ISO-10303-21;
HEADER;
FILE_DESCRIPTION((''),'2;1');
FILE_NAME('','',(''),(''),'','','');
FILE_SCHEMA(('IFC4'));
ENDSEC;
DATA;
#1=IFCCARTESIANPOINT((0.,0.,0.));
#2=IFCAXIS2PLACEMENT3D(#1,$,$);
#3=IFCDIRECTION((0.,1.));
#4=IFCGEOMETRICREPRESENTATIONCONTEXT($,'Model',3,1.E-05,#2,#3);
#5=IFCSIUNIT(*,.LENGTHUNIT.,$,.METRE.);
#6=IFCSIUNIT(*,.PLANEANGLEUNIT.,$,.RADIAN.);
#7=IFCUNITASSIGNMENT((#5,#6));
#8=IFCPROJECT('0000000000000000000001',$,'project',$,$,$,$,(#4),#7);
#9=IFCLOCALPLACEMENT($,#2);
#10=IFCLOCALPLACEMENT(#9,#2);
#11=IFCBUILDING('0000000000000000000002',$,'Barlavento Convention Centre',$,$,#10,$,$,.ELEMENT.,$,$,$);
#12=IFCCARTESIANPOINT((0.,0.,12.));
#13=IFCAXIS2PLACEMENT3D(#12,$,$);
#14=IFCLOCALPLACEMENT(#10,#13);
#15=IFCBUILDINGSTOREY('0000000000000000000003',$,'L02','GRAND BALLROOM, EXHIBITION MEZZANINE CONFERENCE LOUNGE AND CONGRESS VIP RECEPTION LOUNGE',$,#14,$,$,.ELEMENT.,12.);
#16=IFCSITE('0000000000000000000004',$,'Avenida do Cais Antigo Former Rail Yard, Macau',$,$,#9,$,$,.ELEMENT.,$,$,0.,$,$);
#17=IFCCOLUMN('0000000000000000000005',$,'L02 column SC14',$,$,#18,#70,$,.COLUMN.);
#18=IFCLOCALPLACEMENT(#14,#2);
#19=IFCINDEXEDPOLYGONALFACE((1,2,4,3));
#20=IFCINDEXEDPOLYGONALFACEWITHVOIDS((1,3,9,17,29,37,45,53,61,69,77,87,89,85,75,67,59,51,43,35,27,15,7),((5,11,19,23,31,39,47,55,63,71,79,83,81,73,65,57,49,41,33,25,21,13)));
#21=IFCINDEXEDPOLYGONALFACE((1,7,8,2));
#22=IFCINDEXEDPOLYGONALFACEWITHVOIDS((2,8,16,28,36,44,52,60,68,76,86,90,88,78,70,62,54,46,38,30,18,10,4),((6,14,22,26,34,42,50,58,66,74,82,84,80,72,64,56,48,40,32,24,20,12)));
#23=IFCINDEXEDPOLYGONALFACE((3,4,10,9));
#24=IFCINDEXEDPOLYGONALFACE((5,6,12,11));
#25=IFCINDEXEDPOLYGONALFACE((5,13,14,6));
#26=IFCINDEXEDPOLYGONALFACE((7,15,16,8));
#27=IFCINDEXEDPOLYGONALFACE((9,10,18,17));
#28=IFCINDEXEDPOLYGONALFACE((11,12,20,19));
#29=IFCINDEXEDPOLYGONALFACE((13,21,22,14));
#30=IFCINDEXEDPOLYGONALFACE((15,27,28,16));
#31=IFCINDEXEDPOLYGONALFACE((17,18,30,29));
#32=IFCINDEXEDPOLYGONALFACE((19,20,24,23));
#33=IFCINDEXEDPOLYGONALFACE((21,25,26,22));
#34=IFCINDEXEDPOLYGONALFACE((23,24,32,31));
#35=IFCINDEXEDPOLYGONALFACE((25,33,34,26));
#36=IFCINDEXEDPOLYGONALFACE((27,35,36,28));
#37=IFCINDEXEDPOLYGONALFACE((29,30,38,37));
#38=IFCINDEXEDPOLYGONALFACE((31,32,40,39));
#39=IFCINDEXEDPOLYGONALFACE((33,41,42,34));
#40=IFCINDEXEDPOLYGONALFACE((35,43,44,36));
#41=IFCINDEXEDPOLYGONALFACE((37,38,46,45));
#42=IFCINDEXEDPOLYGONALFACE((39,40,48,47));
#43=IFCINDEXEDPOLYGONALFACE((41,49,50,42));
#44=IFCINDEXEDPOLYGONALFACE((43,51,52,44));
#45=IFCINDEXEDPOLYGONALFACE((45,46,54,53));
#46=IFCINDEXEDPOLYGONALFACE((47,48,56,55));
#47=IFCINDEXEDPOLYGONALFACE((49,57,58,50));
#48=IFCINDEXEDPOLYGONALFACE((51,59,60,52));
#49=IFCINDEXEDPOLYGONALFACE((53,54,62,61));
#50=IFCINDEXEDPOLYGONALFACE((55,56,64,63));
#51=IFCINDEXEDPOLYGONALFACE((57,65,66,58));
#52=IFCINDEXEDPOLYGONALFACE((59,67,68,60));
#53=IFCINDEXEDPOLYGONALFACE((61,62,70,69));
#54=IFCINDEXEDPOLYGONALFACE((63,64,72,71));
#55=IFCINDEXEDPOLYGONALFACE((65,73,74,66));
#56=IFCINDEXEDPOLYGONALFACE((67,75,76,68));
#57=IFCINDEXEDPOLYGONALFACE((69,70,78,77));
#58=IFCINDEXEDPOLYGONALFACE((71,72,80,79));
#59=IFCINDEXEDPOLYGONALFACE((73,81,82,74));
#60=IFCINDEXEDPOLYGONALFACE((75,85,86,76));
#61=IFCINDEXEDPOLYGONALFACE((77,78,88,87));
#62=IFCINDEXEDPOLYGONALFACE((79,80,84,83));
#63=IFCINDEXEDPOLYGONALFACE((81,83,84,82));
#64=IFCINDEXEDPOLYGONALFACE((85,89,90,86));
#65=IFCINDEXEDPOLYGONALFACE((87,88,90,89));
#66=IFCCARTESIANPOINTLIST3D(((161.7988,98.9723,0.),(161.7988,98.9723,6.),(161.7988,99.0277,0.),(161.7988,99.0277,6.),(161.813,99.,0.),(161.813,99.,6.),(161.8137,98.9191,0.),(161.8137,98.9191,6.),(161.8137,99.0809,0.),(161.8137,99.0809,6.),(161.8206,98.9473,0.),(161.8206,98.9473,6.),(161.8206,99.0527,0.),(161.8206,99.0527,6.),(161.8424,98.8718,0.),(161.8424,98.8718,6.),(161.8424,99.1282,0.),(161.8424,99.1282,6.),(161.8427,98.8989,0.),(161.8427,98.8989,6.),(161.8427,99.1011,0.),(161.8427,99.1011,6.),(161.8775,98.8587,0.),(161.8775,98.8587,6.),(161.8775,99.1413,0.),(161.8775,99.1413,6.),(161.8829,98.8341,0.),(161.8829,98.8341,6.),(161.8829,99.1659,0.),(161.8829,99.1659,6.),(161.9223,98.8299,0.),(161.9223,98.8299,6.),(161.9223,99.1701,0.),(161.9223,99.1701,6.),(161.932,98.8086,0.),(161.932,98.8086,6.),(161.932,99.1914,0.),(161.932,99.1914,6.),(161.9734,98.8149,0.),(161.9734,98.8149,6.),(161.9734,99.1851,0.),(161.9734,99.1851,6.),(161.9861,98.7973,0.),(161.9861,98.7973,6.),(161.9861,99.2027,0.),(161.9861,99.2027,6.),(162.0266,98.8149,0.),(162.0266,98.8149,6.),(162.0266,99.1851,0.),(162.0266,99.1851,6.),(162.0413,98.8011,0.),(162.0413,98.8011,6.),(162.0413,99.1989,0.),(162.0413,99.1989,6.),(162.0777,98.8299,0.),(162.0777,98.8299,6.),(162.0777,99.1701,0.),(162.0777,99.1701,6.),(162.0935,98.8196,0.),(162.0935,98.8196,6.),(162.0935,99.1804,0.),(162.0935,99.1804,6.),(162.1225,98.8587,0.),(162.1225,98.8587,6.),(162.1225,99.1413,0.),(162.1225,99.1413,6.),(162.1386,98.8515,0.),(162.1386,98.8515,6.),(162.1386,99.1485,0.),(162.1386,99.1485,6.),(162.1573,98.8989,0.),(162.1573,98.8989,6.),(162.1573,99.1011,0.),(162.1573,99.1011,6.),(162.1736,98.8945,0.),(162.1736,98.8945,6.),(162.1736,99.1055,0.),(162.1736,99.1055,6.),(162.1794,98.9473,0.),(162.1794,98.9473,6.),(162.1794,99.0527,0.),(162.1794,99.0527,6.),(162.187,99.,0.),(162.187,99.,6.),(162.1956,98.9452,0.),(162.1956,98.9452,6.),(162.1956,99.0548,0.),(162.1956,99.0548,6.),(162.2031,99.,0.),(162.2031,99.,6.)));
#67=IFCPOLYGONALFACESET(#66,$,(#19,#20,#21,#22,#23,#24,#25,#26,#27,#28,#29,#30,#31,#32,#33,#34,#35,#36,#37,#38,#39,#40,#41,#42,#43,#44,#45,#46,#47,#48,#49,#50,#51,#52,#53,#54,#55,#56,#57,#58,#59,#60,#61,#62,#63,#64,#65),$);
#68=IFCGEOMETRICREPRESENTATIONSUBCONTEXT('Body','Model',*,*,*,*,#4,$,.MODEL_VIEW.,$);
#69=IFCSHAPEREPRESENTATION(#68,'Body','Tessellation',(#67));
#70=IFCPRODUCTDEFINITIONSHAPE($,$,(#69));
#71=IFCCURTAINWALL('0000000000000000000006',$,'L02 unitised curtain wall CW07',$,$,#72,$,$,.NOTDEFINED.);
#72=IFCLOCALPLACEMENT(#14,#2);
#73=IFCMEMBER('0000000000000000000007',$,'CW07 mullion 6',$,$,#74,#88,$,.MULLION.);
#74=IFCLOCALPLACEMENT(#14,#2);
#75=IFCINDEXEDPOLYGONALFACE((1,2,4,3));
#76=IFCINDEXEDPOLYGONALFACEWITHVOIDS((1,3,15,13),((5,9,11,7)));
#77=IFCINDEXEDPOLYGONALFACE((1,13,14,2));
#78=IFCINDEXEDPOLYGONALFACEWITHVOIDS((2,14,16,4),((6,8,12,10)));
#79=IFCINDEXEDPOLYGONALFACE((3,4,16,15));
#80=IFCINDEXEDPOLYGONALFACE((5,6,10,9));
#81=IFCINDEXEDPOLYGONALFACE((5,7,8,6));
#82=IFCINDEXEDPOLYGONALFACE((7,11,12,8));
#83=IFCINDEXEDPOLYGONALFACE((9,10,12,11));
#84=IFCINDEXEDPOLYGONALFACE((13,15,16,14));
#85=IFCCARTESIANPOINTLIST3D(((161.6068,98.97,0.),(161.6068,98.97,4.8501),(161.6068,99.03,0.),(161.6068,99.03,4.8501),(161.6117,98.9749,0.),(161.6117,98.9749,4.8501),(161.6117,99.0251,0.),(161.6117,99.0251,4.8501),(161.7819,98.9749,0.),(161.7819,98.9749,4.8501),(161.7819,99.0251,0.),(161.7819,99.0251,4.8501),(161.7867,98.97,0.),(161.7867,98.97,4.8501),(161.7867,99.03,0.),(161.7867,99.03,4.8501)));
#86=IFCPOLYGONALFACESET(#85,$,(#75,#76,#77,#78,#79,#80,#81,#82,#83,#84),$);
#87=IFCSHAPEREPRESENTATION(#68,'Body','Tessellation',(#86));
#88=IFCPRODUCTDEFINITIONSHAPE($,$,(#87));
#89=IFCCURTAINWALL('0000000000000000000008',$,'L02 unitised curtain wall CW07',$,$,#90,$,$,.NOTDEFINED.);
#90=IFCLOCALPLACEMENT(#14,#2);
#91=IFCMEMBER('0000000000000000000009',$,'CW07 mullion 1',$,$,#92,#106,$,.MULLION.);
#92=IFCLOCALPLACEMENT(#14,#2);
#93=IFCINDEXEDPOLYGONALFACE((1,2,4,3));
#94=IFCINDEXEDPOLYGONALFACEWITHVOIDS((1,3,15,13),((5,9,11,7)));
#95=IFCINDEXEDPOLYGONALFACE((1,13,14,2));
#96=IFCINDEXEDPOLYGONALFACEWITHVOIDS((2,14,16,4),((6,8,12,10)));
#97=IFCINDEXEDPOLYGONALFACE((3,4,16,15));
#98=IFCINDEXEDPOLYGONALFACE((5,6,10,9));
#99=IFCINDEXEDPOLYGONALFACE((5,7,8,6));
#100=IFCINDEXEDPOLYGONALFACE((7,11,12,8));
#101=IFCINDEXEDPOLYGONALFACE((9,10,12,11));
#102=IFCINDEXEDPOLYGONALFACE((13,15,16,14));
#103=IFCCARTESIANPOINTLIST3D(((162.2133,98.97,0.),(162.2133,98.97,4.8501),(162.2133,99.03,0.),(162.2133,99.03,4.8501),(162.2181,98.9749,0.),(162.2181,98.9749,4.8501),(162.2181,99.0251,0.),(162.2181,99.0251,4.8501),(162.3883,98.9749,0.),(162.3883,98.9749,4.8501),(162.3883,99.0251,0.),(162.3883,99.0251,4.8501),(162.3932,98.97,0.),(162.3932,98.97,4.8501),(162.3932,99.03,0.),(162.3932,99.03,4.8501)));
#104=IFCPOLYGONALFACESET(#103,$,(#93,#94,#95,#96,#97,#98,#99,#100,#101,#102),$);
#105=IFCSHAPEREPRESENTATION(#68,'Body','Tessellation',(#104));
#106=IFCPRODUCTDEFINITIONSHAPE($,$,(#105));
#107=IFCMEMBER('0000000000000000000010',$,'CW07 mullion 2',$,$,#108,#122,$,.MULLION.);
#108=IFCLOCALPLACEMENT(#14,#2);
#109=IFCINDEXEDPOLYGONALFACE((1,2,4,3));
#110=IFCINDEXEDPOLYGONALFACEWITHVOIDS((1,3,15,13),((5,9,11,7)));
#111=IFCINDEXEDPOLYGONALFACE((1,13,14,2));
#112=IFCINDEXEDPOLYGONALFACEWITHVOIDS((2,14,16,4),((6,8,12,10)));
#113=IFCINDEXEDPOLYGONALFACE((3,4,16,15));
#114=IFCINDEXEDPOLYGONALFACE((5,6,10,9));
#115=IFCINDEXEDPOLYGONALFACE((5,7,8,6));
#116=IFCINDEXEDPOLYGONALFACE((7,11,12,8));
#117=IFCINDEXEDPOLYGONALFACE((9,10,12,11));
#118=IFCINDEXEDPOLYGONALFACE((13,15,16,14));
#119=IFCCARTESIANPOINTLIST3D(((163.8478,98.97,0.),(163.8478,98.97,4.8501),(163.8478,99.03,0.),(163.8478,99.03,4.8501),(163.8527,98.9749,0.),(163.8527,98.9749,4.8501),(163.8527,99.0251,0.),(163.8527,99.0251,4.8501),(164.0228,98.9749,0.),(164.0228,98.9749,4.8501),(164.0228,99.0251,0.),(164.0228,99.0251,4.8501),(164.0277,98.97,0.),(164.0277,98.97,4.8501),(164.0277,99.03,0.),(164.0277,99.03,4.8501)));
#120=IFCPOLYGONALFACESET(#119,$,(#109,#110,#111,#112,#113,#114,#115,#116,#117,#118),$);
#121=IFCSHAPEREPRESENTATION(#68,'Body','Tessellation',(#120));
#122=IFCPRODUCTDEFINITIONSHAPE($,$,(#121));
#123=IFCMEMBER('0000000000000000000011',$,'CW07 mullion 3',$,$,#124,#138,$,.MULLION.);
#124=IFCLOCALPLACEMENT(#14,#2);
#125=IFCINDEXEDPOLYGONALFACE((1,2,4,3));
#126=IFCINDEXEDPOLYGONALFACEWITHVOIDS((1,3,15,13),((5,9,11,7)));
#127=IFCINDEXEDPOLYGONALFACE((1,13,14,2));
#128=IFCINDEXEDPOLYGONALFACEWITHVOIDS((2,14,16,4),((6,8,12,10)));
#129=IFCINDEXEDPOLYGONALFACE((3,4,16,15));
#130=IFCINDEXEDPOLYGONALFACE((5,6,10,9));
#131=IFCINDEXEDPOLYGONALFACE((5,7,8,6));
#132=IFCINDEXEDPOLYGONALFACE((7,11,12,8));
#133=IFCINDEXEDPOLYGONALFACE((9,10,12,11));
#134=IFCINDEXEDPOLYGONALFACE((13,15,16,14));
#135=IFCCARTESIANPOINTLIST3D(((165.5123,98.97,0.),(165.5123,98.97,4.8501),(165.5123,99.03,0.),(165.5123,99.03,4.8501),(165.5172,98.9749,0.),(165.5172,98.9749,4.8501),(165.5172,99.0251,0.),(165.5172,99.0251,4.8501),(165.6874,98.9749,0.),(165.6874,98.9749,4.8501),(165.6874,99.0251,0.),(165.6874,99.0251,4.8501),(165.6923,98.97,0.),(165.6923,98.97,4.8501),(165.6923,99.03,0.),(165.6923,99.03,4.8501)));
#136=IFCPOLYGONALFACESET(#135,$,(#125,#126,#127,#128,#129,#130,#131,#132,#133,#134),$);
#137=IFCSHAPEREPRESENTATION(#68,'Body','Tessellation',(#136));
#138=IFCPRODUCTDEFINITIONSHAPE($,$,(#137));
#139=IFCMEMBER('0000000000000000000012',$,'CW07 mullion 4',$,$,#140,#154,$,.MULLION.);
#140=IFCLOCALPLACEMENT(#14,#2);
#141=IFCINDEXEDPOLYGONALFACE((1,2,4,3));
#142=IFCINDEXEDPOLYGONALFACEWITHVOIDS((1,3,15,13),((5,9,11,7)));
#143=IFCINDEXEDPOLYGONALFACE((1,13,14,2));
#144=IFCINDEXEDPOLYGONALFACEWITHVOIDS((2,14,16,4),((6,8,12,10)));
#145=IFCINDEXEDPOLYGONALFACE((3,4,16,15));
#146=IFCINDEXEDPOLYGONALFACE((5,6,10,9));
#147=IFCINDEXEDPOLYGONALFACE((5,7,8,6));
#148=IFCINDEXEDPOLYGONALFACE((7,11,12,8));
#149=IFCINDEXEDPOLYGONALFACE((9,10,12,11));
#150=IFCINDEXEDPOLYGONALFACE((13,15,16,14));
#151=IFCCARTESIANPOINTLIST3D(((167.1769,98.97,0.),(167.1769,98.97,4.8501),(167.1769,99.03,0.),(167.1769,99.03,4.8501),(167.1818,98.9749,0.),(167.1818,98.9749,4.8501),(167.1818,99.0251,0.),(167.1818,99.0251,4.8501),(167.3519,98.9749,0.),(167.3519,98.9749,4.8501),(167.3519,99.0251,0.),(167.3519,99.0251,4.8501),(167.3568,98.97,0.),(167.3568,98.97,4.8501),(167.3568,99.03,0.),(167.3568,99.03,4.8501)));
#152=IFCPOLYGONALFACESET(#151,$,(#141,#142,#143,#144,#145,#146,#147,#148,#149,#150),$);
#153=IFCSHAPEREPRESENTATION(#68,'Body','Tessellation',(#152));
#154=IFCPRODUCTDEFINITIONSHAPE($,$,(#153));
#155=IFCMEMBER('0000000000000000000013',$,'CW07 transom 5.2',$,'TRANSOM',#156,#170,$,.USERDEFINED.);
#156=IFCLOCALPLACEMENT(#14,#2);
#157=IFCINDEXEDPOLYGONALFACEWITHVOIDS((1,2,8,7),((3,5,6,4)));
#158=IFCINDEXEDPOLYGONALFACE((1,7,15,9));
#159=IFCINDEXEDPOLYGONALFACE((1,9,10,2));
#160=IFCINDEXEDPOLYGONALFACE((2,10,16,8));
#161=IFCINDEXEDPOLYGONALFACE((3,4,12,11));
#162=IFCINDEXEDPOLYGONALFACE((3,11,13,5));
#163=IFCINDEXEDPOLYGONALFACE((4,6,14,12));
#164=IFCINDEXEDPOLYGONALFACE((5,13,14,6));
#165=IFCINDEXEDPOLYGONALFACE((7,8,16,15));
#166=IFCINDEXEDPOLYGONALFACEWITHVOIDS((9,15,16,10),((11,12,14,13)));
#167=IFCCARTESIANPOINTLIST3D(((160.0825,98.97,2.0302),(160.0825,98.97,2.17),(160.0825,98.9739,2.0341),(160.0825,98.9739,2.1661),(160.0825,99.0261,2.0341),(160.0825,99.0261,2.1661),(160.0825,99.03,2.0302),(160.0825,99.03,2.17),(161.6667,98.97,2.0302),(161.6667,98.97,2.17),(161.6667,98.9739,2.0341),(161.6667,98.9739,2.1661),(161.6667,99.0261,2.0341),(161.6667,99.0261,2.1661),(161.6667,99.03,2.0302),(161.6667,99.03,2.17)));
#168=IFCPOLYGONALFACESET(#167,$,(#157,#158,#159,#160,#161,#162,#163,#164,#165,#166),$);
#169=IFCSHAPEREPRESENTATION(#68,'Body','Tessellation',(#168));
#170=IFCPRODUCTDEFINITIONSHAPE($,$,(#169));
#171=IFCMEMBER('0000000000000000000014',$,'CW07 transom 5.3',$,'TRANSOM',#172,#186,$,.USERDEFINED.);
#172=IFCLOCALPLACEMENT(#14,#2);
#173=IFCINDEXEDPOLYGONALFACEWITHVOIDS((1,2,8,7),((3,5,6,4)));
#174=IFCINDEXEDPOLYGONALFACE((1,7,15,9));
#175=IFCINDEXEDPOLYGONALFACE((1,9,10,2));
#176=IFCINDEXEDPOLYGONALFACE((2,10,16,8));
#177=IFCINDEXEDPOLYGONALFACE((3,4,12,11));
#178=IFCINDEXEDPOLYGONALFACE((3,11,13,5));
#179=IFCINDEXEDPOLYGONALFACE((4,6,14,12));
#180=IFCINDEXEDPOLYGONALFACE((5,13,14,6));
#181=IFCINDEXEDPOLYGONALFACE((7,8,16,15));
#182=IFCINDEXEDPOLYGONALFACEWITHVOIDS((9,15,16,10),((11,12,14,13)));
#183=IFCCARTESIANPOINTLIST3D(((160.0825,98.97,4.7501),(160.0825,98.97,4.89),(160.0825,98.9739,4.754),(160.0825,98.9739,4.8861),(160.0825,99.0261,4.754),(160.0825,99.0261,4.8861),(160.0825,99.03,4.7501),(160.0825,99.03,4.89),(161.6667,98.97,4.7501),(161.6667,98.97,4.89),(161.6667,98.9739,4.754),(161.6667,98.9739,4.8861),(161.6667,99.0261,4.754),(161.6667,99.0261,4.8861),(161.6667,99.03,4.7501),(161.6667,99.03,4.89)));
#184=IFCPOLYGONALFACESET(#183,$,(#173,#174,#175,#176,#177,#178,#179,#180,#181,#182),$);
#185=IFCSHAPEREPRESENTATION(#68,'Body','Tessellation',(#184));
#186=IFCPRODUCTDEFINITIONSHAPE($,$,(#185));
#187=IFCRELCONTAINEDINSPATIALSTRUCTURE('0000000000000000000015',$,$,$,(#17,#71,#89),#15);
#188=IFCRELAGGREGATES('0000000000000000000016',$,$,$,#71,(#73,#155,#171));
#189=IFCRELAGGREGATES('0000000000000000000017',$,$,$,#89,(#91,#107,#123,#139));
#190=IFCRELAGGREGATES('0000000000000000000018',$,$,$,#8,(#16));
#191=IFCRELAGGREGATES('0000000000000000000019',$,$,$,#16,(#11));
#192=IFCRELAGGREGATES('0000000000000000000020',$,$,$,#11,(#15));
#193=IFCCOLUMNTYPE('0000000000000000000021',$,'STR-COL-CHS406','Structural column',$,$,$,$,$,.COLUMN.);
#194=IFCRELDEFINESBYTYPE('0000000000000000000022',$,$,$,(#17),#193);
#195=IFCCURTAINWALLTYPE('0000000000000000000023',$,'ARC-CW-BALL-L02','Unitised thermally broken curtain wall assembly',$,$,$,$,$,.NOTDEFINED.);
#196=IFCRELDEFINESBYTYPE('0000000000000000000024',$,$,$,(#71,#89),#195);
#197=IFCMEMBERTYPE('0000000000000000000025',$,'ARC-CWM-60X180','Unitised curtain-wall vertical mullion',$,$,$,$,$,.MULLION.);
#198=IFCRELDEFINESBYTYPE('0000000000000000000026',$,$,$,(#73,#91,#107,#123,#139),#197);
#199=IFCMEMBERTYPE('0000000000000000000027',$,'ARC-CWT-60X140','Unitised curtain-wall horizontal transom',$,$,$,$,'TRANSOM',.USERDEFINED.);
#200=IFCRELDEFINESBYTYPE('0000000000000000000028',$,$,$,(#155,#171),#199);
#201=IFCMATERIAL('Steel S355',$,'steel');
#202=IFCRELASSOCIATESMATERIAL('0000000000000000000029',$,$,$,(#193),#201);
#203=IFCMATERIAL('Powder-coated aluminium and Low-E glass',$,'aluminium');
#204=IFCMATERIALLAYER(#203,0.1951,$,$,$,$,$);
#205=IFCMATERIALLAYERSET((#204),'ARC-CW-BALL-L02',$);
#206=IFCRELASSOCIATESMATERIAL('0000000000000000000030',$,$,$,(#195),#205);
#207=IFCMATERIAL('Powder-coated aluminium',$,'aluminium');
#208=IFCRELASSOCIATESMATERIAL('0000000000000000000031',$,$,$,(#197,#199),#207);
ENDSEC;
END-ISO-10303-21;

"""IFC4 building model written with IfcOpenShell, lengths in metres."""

from ifc_helpers import new_model, si_unit, direction, frame, origin, origin_2d, place, context, subcontext, project, spatial, hollow_rectangle, hollow_circle, extrude, material, layer, layer_set, material_profile, profile_set, type_object, element, aggregate, save


model = new_model("IFC4")

# Units and contexts
model_context = context("Model", 3, precision=1e-05, world=origin(), true_north=direction((0.0, 1.0)))
body_context = subcontext(model_context, "Body", "Model", "MODEL_VIEW")
ifc_project = project(units=[si_unit("LENGTHUNIT", "METRE"), si_unit("PLANEANGLEUNIT", "RADIAN")], contexts=[model_context])

# Site, building, storey
site_placement = place(None, origin())
site = spatial("IfcSite", under=ifc_project, at=site_placement, Name="Avenida do Cais Antigo Former Rail Yard, Macau", CompositionType="ELEMENT", RefElevation=0.0)
building_placement = place(site_placement, origin())
building = spatial("IfcBuilding", under=site, at=building_placement, Name="Barlavento Convention Centre", CompositionType="ELEMENT")
storey_placement = place(building_placement, frame((0.0, 0.0, 12.0)))
storey = spatial("IfcBuildingStorey", under=building, at=storey_placement, Name="L02", Description="GRAND BALLROOM, EXHIBITION MEZZANINE CONFERENCE LOUNGE AND CONGRESS VIP RECEPTION LOUNGE", CompositionType="ELEMENT", Elevation=12.0)

# Column
ifc_material_1 = material(Name="Steel S355", Category="steel")
ifc_material_profile_1 = material_profile(ifc_material_1, hollow_circle(Radius=0.2031, WallThickness=0.0161, at=origin_2d()), Name="CHS 406.4x16.0")
ifc_profile_set_1 = profile_set([ifc_material_profile_1], Name="Steel S355")
column_type = type_object("IfcColumnType", Name="STR-COL-CHS406", Description="Structural column", PredefinedType="COLUMN", material=ifc_profile_set_1)
column_placement = place(storey_placement, frame((162.0, 99.0, 0.0), z_axis=(0.0, 0.0, 1.0), x_axis=(1.0, 0.0, 0.0)))
element("IfcColumn", 1, at=column_placement, inside=storey, type_object=column_type, Name="L02 column SC14", PredefinedType="COLUMN", context=body_context, shape_type="SweptSolid", body=[
    extrude(hollow_circle(Radius=0.2031, WallThickness=0.0161, at=origin_2d()), origin(), (0.0, 0.0, 1.0), 6.0),
])

# Curtain wall, member
ifc_material_2 = material(Name="Powder-coated aluminium and Low-E glass", Category="aluminium")
ifc_layer_1 = layer(ifc_material_2, 0.1951)
ifc_layer_set_1 = layer_set([ifc_layer_1], Name="ARC-CW-BALL-L02")
curtain_wall_type = type_object("IfcCurtainWallType", Name="ARC-CW-BALL-L02", Description="Unitised thermally broken curtain wall assembly", PredefinedType="NOTDEFINED", material=ifc_layer_set_1)
curtain_wall_1_placement = place(storey_placement, origin())
curtain_wall_1 = element("IfcCurtainWall", 2, at=curtain_wall_1_placement, inside=storey, type_object=curtain_wall_type, Name="L02 unitised curtain wall CW07", PredefinedType="NOTDEFINED")
ifc_material_3 = material(Name="Powder-coated aluminium", Category="aluminium")
ifc_material_profile_2 = material_profile(ifc_material_3, hollow_rectangle(XDim=0.0601, YDim=0.1799, WallThickness=0.0049, at=origin_2d()), Name="AL-MULL 60x180x5")
ifc_profile_set_2 = profile_set([ifc_material_profile_2], Name="Powder-coated aluminium")
member_type_1 = type_object("IfcMemberType", Name="ARC-CWM-60X180", Description="Unitised curtain-wall vertical mullion", PredefinedType="MULLION", material=ifc_profile_set_2)
member_1_placement = place(storey_placement, frame((161.6968, 99.0, 0.0), z_axis=(0.0, 0.0, 1.0), x_axis=(0.0, 1.0, 0.0)))
member_1 = element("IfcMember", 3, at=member_1_placement, type_object=member_type_1, Name="CW07 mullion 6", PredefinedType="MULLION", context=body_context, shape_type="SweptSolid", body=[
    extrude(hollow_rectangle(XDim=0.0601, YDim=0.1799, WallThickness=0.0049, at=origin_2d()), origin(), (0.0, 0.0, 1.0), 4.8501),
])

# Curtain wall, members
curtain_wall_2_placement = place(storey_placement, origin())
curtain_wall_2 = element("IfcCurtainWall", 4, at=curtain_wall_2_placement, inside=storey, type_object=curtain_wall_type, Name="L02 unitised curtain wall CW07", PredefinedType="NOTDEFINED")
member_2_placement = place(storey_placement, frame((162.3032, 99.0, 0.0), z_axis=(0.0, 0.0, 1.0), x_axis=(0.0, 1.0, 0.0)))
member_2 = element("IfcMember", 5, at=member_2_placement, type_object=member_type_1, Name="CW07 mullion 1", PredefinedType="MULLION", context=body_context, shape_type="SweptSolid", body=[
    extrude(hollow_rectangle(XDim=0.0601, YDim=0.1799, WallThickness=0.0049, at=origin_2d()), origin(), (0.0, 0.0, 1.0), 4.8501),
])
member_3_placement = place(storey_placement, frame((163.9377, 99.0, 0.0), z_axis=(0.0, 0.0, 1.0), x_axis=(0.0, 1.0, 0.0)))
member_3 = element("IfcMember", 6, at=member_3_placement, type_object=member_type_1, Name="CW07 mullion 2", PredefinedType="MULLION", context=body_context, shape_type="SweptSolid", body=[
    extrude(hollow_rectangle(XDim=0.0601, YDim=0.1799, WallThickness=0.0049, at=origin_2d()), origin(), (0.0, 0.0, 1.0), 4.8501),
])
member_4_placement = place(storey_placement, frame((165.6023, 99.0, 0.0), z_axis=(0.0, 0.0, 1.0), x_axis=(0.0, 1.0, 0.0)))
member_4 = element("IfcMember", 7, at=member_4_placement, type_object=member_type_1, Name="CW07 mullion 3", PredefinedType="MULLION", context=body_context, shape_type="SweptSolid", body=[
    extrude(hollow_rectangle(XDim=0.0601, YDim=0.1799, WallThickness=0.0049, at=origin_2d()), origin(), (0.0, 0.0, 1.0), 4.8501),
])
member_5_placement = place(storey_placement, frame((167.2668, 99.0, 0.0), z_axis=(0.0, 0.0, 1.0), x_axis=(0.0, 1.0, 0.0)))
member_5 = element("IfcMember", 8, at=member_5_placement, type_object=member_type_1, Name="CW07 mullion 4", PredefinedType="MULLION", context=body_context, shape_type="SweptSolid", body=[
    extrude(hollow_rectangle(XDim=0.0601, YDim=0.1799, WallThickness=0.0049, at=origin_2d()), origin(), (0.0, 0.0, 1.0), 4.8501),
])

# Members
ifc_material_profile_3 = material_profile(ifc_material_3, hollow_rectangle(XDim=0.0601, YDim=0.1399, WallThickness=0.0039, at=origin_2d()), Name="AL-TRAN 60x140x4")
ifc_profile_set_3 = profile_set([ifc_material_profile_3], Name="Powder-coated aluminium")
member_type_2 = type_object("IfcMemberType", Name="ARC-CWT-60X140", Description="Unitised curtain-wall horizontal transom", ElementType="TRANSOM", PredefinedType="USERDEFINED", material=ifc_profile_set_3)
member_6_placement = place(storey_placement, frame((160.0825, 99.0, 2.1001), z_axis=(1.0, 0.0, 0.0), x_axis=(0.0, 1.0, 0.0)))
member_6 = element("IfcMember", 9, at=member_6_placement, type_object=member_type_2, Name="CW07 transom 5.2", ObjectType="TRANSOM", PredefinedType="USERDEFINED", context=body_context, shape_type="SweptSolid", body=[
    extrude(hollow_rectangle(XDim=0.0601, YDim=0.1399, WallThickness=0.0039, at=origin_2d()), origin(), (0.0, 0.0, 1.0), 1.5842),
])
member_7_placement = place(storey_placement, frame((160.0825, 99.0, 4.8201), z_axis=(1.0, 0.0, 0.0), x_axis=(0.0, 1.0, 0.0)))
member_7 = element("IfcMember", 10, at=member_7_placement, type_object=member_type_2, Name="CW07 transom 5.3", ObjectType="TRANSOM", PredefinedType="USERDEFINED", context=body_context, shape_type="SweptSolid", body=[
    extrude(hollow_rectangle(XDim=0.0601, YDim=0.1399, WallThickness=0.0039, at=origin_2d()), origin(), (0.0, 0.0, 1.0), 1.5842),
])

aggregate(curtain_wall_1, [member_1, member_6, member_7])
aggregate(curtain_wall_2, [member_2, member_3, member_4, member_5])

save(model, "model.ifc")
